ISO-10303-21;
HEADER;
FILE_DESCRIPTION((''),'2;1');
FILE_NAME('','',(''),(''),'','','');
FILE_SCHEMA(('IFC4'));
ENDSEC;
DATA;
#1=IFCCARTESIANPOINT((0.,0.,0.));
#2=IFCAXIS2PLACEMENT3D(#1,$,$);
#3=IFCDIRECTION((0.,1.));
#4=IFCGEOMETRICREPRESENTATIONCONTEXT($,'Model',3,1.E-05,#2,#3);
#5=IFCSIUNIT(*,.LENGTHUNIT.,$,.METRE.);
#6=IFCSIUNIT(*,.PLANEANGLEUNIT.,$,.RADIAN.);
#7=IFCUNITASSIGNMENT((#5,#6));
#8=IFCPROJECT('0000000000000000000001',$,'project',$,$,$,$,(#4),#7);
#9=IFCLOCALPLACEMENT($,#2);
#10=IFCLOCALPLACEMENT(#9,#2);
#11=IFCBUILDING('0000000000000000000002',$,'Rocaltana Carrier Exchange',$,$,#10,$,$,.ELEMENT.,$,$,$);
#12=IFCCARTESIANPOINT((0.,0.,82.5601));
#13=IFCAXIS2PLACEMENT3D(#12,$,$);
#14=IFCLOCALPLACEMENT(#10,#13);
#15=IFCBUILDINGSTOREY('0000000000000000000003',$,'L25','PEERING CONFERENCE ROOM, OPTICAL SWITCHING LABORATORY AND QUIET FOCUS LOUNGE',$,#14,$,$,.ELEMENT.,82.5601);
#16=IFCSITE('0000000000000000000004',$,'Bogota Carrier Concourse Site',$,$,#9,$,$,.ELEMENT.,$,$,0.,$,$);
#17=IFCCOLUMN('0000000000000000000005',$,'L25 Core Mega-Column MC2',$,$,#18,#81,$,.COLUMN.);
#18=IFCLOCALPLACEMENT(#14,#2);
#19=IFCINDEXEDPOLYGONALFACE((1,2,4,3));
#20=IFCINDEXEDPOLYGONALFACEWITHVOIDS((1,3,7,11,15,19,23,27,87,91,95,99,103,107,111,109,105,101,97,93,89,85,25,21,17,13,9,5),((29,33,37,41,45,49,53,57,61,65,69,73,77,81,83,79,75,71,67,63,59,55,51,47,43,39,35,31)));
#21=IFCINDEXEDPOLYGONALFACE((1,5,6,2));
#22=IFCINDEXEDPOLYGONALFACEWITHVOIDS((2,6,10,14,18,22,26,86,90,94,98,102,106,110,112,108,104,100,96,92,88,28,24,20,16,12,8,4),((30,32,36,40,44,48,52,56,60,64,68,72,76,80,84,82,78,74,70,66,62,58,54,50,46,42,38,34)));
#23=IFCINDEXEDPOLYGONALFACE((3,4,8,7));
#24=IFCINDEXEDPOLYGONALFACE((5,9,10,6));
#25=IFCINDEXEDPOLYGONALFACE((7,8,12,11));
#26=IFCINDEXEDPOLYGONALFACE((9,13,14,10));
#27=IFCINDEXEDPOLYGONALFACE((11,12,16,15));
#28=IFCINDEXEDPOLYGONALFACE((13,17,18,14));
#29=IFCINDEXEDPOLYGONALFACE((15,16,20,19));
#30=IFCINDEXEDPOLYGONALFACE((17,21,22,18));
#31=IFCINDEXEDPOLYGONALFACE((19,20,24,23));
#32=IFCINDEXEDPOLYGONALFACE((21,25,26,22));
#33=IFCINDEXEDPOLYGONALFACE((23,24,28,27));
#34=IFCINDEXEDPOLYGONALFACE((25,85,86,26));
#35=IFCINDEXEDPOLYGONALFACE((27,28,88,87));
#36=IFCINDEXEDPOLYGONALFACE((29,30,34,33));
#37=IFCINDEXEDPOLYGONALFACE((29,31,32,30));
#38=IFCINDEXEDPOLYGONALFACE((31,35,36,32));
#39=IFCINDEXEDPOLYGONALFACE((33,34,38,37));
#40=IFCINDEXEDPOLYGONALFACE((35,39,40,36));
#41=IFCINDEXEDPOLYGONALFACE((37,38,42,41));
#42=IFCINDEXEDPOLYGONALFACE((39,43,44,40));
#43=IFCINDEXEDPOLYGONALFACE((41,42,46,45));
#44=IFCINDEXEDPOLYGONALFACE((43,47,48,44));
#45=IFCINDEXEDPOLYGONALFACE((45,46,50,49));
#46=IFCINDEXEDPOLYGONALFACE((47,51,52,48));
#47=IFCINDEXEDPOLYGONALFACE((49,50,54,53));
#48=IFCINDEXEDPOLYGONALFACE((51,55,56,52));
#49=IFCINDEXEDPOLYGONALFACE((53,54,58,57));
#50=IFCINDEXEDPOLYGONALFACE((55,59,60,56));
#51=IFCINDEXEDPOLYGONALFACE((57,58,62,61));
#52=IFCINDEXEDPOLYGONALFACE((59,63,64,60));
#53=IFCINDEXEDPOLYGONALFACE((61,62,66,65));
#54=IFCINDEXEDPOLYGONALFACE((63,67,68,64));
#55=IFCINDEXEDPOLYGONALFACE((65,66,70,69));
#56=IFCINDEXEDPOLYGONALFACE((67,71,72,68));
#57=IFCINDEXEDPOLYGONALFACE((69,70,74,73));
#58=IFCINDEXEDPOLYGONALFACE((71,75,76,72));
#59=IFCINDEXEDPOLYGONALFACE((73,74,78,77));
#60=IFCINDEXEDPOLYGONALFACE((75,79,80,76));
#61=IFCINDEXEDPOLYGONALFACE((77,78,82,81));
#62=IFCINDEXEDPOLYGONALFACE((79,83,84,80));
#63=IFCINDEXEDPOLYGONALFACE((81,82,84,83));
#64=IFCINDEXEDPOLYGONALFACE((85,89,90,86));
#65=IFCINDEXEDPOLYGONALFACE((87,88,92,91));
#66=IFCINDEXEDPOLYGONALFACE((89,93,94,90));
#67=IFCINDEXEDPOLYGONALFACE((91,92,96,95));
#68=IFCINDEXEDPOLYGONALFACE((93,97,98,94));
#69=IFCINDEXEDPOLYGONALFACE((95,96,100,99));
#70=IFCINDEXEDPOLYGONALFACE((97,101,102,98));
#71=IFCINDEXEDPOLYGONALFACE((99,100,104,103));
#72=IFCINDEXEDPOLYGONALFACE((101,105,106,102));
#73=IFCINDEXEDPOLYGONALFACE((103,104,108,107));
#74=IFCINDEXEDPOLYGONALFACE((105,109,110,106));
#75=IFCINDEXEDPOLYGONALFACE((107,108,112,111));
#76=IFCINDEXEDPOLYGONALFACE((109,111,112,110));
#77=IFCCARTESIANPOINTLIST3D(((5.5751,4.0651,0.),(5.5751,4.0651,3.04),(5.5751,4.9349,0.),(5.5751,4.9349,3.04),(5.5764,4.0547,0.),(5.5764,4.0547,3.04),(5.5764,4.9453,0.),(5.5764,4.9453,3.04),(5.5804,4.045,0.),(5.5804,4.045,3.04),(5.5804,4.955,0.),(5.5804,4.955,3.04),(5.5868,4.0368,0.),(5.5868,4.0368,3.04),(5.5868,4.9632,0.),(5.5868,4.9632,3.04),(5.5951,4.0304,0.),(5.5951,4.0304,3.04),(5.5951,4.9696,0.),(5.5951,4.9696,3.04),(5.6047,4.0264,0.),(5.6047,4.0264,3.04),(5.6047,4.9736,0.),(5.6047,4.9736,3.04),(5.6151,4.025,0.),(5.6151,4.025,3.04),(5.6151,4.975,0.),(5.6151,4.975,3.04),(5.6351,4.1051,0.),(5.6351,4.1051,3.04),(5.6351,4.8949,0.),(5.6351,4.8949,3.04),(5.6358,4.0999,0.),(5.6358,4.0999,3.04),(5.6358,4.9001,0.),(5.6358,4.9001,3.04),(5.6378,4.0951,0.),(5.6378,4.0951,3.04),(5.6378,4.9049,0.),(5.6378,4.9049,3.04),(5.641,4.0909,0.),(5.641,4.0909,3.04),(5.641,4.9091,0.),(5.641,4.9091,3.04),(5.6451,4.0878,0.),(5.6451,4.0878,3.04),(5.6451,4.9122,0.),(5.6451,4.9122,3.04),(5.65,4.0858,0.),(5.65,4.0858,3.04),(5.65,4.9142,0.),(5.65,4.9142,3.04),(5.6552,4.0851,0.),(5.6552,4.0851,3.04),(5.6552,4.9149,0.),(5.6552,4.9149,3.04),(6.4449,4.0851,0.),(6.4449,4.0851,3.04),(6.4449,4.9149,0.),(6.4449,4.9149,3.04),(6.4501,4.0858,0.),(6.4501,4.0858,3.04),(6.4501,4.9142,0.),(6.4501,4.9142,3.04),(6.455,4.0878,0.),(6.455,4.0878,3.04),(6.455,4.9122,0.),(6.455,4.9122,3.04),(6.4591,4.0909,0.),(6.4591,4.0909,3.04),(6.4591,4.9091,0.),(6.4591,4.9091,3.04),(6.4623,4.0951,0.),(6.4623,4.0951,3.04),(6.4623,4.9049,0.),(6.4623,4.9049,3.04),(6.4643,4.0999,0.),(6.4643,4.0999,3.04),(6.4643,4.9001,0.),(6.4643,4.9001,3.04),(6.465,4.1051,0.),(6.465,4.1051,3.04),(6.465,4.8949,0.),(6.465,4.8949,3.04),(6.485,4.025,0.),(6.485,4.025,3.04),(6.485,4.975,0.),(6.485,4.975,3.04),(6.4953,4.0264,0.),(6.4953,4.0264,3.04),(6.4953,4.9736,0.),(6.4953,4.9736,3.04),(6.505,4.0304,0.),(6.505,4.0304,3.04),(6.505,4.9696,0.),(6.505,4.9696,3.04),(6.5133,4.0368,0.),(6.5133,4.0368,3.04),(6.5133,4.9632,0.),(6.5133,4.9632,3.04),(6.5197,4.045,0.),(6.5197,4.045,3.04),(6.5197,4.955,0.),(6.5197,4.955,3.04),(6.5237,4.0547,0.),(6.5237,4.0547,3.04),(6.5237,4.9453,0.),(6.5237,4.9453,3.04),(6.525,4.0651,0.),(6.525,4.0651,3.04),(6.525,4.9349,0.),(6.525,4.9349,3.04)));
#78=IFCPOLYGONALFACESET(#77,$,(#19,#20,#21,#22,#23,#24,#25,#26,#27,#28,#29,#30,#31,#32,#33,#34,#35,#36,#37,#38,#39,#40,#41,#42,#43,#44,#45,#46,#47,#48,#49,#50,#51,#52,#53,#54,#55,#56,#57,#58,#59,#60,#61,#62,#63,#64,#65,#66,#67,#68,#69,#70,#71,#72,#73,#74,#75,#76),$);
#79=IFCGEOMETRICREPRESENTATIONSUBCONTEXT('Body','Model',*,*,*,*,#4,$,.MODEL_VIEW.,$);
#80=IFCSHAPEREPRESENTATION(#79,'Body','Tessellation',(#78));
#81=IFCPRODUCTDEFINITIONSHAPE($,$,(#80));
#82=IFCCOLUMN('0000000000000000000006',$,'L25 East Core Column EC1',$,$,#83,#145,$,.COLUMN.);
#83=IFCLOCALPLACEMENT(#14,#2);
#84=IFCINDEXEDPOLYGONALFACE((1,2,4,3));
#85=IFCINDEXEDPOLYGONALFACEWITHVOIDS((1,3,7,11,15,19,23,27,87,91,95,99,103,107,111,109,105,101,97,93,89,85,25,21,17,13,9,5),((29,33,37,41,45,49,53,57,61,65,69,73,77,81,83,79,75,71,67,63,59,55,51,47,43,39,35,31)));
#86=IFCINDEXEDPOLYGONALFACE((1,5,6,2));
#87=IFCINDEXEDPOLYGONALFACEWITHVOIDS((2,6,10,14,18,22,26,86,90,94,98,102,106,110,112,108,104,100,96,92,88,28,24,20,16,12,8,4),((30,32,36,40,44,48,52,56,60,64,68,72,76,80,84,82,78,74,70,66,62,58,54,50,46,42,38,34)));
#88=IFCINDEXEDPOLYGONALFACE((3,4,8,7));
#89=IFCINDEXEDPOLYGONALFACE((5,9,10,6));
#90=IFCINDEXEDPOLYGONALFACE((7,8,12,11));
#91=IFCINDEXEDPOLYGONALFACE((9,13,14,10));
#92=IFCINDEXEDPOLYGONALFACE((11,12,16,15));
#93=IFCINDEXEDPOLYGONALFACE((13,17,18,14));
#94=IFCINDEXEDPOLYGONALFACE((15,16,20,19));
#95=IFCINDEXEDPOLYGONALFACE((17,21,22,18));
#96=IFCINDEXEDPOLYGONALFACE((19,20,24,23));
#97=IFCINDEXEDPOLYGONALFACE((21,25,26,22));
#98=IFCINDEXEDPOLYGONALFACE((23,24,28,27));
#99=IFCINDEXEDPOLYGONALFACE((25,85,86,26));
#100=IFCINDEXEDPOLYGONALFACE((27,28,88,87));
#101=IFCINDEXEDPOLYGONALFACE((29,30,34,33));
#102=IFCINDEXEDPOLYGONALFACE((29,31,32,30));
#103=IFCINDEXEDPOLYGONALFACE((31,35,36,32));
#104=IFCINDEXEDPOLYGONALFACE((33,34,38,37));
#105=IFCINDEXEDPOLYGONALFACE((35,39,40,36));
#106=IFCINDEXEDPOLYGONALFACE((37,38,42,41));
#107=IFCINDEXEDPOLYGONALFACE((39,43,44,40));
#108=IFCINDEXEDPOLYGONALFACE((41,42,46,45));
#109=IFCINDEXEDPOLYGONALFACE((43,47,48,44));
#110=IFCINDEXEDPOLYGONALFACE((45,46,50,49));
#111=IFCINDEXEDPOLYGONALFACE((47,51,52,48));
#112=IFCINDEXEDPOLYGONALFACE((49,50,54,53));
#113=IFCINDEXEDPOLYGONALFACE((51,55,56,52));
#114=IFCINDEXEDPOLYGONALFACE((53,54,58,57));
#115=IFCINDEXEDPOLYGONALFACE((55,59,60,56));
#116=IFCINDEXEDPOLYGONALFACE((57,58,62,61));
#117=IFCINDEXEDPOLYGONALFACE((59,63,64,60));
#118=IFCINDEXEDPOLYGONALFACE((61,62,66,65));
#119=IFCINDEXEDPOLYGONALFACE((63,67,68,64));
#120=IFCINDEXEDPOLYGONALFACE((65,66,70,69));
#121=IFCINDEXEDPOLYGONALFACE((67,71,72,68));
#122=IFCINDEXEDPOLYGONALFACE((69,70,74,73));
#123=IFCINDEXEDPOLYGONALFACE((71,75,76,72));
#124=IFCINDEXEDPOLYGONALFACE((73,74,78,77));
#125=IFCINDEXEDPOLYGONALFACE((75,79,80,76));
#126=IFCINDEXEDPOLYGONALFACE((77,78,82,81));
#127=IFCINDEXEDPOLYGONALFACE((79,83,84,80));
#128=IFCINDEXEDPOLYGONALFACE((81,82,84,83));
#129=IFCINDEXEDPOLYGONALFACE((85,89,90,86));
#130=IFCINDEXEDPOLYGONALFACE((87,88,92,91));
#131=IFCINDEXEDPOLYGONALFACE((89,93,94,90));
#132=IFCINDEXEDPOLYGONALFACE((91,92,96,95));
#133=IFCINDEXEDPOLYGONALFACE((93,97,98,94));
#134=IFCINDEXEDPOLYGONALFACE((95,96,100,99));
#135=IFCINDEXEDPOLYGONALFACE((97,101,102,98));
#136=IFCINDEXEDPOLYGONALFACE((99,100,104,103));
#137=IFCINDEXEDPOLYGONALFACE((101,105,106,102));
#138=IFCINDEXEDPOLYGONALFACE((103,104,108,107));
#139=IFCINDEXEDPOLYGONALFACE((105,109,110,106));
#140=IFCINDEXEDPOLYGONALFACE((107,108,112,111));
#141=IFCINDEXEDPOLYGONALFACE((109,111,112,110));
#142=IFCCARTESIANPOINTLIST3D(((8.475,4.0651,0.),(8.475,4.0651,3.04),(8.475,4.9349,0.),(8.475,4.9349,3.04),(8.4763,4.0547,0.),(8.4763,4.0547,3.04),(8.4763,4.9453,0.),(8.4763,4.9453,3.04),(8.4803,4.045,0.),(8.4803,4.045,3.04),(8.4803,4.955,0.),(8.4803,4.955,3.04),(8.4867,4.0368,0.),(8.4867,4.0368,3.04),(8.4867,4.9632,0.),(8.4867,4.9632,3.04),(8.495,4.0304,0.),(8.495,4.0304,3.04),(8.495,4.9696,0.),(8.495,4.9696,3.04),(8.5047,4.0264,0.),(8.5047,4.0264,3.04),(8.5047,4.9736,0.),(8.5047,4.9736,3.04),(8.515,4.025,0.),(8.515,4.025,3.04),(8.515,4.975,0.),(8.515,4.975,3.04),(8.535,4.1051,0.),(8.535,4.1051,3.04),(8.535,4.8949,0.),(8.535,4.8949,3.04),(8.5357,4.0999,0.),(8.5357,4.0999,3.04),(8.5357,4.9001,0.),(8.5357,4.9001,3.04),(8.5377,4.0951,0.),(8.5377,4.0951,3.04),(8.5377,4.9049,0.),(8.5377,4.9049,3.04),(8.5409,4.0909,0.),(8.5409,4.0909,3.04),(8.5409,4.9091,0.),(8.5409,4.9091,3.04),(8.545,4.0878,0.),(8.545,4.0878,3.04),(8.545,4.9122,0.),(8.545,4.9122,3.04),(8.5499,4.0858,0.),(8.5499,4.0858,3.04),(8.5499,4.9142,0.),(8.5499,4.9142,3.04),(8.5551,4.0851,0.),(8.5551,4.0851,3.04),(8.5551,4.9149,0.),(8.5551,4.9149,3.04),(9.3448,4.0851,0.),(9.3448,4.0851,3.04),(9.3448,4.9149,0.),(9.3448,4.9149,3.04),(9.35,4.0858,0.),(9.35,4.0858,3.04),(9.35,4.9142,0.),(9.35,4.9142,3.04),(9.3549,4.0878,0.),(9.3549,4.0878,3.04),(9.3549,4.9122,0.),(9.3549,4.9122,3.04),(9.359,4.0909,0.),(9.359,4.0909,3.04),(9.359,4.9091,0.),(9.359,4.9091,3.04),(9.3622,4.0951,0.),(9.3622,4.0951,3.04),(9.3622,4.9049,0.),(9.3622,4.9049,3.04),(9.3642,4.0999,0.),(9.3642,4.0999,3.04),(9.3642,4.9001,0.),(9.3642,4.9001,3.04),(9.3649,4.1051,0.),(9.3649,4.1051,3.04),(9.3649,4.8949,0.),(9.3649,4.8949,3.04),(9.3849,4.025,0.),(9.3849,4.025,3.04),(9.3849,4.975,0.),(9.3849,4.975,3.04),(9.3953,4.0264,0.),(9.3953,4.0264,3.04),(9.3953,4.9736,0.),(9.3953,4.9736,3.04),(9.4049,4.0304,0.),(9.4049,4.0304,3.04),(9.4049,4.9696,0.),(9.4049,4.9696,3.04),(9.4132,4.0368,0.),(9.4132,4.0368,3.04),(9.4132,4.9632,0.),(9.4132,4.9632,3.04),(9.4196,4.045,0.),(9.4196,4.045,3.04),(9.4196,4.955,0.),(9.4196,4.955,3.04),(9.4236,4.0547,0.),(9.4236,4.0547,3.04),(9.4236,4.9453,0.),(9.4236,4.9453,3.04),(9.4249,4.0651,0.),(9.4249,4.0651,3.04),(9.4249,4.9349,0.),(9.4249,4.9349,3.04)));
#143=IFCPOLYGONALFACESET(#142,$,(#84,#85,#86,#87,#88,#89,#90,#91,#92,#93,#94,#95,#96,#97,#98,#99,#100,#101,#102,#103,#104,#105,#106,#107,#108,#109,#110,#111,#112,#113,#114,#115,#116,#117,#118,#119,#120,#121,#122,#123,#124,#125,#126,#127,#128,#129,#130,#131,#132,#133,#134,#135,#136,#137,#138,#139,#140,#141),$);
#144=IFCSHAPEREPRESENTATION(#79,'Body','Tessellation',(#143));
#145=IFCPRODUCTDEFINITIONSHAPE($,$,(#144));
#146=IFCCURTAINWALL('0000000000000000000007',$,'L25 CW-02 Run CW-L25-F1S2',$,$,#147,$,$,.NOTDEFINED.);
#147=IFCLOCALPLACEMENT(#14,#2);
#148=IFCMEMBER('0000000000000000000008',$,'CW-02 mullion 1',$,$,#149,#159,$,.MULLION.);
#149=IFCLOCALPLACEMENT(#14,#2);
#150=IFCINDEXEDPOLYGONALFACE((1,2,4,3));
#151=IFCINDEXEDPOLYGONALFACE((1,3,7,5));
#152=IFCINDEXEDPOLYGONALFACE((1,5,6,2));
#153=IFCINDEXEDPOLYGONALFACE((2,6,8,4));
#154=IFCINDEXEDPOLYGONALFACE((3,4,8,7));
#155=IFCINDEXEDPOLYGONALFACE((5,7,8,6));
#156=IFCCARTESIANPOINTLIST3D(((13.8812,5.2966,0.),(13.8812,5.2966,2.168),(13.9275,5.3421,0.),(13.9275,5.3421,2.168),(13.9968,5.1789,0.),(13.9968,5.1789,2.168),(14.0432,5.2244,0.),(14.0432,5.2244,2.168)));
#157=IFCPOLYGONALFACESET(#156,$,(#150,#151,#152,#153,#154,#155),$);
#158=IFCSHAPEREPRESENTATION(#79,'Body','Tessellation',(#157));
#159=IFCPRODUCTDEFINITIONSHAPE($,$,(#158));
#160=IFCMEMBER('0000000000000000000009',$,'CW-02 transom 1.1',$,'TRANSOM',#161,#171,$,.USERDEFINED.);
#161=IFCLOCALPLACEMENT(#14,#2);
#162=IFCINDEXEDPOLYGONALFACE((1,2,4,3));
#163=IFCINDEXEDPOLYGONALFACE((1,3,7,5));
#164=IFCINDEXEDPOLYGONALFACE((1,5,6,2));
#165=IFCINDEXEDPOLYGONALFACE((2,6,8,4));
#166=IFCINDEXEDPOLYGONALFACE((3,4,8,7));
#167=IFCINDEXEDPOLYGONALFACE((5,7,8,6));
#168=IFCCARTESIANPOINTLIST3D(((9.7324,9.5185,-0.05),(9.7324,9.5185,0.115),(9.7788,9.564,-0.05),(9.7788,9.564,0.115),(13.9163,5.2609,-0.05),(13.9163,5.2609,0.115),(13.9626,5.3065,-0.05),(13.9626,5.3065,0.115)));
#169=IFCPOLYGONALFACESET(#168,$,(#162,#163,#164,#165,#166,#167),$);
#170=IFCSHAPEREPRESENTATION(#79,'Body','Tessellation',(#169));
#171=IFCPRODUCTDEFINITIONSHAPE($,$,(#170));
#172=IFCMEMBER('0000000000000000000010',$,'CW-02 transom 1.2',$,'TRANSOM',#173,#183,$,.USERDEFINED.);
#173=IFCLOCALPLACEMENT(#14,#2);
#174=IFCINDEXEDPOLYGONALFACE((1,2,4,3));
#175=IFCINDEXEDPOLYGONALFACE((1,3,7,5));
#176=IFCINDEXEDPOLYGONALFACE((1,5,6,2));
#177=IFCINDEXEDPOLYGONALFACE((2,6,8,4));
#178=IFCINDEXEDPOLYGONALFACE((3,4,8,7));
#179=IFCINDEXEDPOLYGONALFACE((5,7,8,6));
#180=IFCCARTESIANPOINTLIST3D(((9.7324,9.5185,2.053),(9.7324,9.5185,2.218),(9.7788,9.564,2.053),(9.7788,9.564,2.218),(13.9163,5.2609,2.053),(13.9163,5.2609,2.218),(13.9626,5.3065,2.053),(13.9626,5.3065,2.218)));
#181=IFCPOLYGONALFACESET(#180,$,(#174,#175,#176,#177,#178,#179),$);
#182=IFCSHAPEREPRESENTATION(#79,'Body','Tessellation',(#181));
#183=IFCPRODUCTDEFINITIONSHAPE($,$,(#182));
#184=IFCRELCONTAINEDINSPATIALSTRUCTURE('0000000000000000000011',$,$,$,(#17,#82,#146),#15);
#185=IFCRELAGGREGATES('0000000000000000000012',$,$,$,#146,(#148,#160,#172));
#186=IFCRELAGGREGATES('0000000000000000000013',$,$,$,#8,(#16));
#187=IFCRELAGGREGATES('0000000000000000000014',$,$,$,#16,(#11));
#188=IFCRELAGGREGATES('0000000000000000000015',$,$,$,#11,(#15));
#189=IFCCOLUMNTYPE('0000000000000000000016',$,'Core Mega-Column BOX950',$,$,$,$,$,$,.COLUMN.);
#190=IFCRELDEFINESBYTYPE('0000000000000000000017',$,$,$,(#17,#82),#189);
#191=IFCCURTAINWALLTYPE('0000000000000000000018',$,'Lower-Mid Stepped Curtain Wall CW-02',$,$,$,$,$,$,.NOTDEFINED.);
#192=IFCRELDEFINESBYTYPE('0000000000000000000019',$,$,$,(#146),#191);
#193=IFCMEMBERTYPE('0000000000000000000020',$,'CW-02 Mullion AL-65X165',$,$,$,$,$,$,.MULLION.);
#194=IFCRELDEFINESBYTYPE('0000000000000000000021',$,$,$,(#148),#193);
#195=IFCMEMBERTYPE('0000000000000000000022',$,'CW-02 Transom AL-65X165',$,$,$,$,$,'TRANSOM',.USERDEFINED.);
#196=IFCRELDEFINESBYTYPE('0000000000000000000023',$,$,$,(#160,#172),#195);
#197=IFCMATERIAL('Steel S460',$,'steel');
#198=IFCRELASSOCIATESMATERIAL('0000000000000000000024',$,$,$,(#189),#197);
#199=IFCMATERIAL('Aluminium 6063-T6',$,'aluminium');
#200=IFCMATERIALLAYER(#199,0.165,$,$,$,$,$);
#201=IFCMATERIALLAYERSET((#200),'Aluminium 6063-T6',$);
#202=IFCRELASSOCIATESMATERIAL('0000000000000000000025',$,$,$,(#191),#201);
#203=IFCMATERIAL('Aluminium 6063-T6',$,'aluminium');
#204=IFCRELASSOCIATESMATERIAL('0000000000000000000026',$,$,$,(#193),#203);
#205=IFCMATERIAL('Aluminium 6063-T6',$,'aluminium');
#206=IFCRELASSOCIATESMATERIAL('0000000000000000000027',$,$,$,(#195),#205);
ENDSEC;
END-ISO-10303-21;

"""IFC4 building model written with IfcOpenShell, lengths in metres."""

from ifc_helpers import new_model, si_unit, direction, frame, origin, origin_2d, place, context, subcontext, project, spatial, rectangle, hollow_rectangle, extrude, material, layer, layer_set, material_profile, profile_set, type_object, element, aggregate, save


model = new_model("IFC4")

# Units and contexts
model_context = context("Model", 3, precision=1e-05, world=origin(), true_north=direction((0.0, 1.0)))
body_context = subcontext(model_context, "Body", "Model", "MODEL_VIEW")
ifc_project = project(units=[si_unit("LENGTHUNIT", "METRE"), si_unit("PLANEANGLEUNIT", "RADIAN")], contexts=[model_context])

# Site, building, storey
site_placement = place(None, origin())
site = spatial("IfcSite", under=ifc_project, at=site_placement, Name="Bogota Carrier Concourse Site", CompositionType="ELEMENT", RefElevation=0.0)
building_placement = place(site_placement, origin())
building = spatial("IfcBuilding", under=site, at=building_placement, Name="Rocaltana Carrier Exchange", CompositionType="ELEMENT")
storey_placement = place(building_placement, frame((0.0, 0.0, 82.5601)))
storey = spatial("IfcBuildingStorey", under=building, at=storey_placement, Name="L25", Description="PEERING CONFERENCE ROOM, OPTICAL SWITCHING LABORATORY AND QUIET FOCUS LOUNGE", CompositionType="ELEMENT", Elevation=82.5601)

# Columns
ifc_material_1 = material(Name="Steel S460", Category="steel")
ifc_material_profile_1 = material_profile(ifc_material_1, hollow_rectangle(XDim=0.95, YDim=0.95, WallThickness=0.0601, InnerFilletRadius=0.02, OuterFilletRadius=0.04, at=origin_2d()), Name="BOX950X950X60")
ifc_profile_set_1 = profile_set([ifc_material_profile_1], Name="Steel S460")
column_type = type_object("IfcColumnType", Name="Core Mega-Column BOX950", PredefinedType="COLUMN", material=ifc_profile_set_1)
for number, where, z_axis, x_axis, name in (
    (1, (6.05, 4.5, 0.0), (0.0, 0.0, 1.0), (1.0, 0.0, 0.0), "L25 Core Mega-Column MC2"),
    (2, (8.95, 4.5, 0.0), (0.0, 0.0, 1.0), (1.0, 0.0, 0.0), "L25 East Core Column EC1"),
):
    element("IfcColumn", number, at=place(storey_placement, frame(where, z_axis=z_axis, x_axis=x_axis)), inside=storey, type_object=column_type, Name=name, PredefinedType="COLUMN", context=body_context, shape_type="SweptSolid", body=[
        extrude(hollow_rectangle(XDim=0.95, YDim=0.95, WallThickness=0.0601, InnerFilletRadius=0.02, OuterFilletRadius=0.04, at=origin_2d()), origin(), (0.0, 0.0, 1.0), 3.04),
    ])

# Curtain wall, members
ifc_material_2 = material(Name="Aluminium 6063-T6", Category="aluminium")
ifc_layer_1 = layer(ifc_material_2, 0.165)
ifc_layer_set_1 = layer_set([ifc_layer_1], Name="Aluminium 6063-T6")
curtain_wall_type = type_object("IfcCurtainWallType", Name="Lower-Mid Stepped Curtain Wall CW-02", PredefinedType="NOTDEFINED", material=ifc_layer_set_1)
curtain_wall_placement = place(storey_placement, origin())
curtain_wall = element("IfcCurtainWall", 3, at=curtain_wall_placement, inside=storey, type_object=curtain_wall_type, Name="L25 CW-02 Run CW-L25-F1S2", PredefinedType="NOTDEFINED")
ifc_material_3 = material(Name="Aluminium 6063-T6", Category="aluminium")
ifc_material_profile_2 = material_profile(ifc_material_3, rectangle(XDim=0.0649, YDim=0.165, at=origin_2d()), Name="AL-65X165")
ifc_profile_set_2 = profile_set([ifc_material_profile_2], Name="Aluminium 6063-T6")
member_type_1 = type_object("IfcMemberType", Name="CW-02 Mullion AL-65X165", PredefinedType="MULLION", material=ifc_profile_set_2)
member_1_placement = place(storey_placement, frame((13.9622, 5.2605, 0.0), z_axis=(0.0, 0.0, 1.0), x_axis=(-0.713245, -0.700915, 0.0)))
member_1 = element("IfcMember", 4, at=member_1_placement, type_object=member_type_1, Name="CW-02 mullion 1", PredefinedType="MULLION", context=body_context, shape_type="SweptSolid", body=[
    extrude(rectangle(XDim=0.0649, YDim=0.165, at=origin_2d()), origin(), (0.0, 0.0, 1.0), 2.168),
])
ifc_material_4 = material(Name="Aluminium 6063-T6", Category="aluminium")
ifc_material_profile_3 = material_profile(ifc_material_4, rectangle(XDim=0.0649, YDim=0.165, at=origin_2d()), Name="AL-65X165")
ifc_profile_set_3 = profile_set([ifc_material_profile_3], Name="Aluminium 6063-T6")
member_type_2 = type_object("IfcMemberType", Name="CW-02 Transom AL-65X165", ElementType="TRANSOM", PredefinedType="USERDEFINED", material=ifc_profile_set_3)
member_2_placement = place(storey_placement, frame((13.9395, 5.2837, 0.0325), z_axis=(-0.700904, 0.713256, 0.0), x_axis=(-0.713256, -0.700904, 0.0)))
member_2 = element("IfcMember", 5, at=member_2_placement, type_object=member_type_2, Name="CW-02 transom 1.1", ObjectType="TRANSOM", PredefinedType="USERDEFINED", context=body_context, shape_type="SweptSolid", body=[
    extrude(rectangle(XDim=0.0649, YDim=0.165, at=origin_2d()), origin(), (0.0, 0.0, 1.0), 5.9692),
])
member_3_placement = place(storey_placement, frame((13.9395, 5.2837, 2.1355), z_axis=(-0.700904, 0.713256, 0.0), x_axis=(-0.713256, -0.700904, 0.0)))
member_3 = element("IfcMember", 6, at=member_3_placement, type_object=member_type_2, Name="CW-02 transom 1.2", ObjectType="TRANSOM", PredefinedType="USERDEFINED", context=body_context, shape_type="SweptSolid", body=[
    extrude(rectangle(XDim=0.0649, YDim=0.165, at=origin_2d()), origin(), (0.0, 0.0, 1.0), 5.9692),
])

aggregate(curtain_wall, [member_1, member_2, member_3])

save(model, "model.ifc")
